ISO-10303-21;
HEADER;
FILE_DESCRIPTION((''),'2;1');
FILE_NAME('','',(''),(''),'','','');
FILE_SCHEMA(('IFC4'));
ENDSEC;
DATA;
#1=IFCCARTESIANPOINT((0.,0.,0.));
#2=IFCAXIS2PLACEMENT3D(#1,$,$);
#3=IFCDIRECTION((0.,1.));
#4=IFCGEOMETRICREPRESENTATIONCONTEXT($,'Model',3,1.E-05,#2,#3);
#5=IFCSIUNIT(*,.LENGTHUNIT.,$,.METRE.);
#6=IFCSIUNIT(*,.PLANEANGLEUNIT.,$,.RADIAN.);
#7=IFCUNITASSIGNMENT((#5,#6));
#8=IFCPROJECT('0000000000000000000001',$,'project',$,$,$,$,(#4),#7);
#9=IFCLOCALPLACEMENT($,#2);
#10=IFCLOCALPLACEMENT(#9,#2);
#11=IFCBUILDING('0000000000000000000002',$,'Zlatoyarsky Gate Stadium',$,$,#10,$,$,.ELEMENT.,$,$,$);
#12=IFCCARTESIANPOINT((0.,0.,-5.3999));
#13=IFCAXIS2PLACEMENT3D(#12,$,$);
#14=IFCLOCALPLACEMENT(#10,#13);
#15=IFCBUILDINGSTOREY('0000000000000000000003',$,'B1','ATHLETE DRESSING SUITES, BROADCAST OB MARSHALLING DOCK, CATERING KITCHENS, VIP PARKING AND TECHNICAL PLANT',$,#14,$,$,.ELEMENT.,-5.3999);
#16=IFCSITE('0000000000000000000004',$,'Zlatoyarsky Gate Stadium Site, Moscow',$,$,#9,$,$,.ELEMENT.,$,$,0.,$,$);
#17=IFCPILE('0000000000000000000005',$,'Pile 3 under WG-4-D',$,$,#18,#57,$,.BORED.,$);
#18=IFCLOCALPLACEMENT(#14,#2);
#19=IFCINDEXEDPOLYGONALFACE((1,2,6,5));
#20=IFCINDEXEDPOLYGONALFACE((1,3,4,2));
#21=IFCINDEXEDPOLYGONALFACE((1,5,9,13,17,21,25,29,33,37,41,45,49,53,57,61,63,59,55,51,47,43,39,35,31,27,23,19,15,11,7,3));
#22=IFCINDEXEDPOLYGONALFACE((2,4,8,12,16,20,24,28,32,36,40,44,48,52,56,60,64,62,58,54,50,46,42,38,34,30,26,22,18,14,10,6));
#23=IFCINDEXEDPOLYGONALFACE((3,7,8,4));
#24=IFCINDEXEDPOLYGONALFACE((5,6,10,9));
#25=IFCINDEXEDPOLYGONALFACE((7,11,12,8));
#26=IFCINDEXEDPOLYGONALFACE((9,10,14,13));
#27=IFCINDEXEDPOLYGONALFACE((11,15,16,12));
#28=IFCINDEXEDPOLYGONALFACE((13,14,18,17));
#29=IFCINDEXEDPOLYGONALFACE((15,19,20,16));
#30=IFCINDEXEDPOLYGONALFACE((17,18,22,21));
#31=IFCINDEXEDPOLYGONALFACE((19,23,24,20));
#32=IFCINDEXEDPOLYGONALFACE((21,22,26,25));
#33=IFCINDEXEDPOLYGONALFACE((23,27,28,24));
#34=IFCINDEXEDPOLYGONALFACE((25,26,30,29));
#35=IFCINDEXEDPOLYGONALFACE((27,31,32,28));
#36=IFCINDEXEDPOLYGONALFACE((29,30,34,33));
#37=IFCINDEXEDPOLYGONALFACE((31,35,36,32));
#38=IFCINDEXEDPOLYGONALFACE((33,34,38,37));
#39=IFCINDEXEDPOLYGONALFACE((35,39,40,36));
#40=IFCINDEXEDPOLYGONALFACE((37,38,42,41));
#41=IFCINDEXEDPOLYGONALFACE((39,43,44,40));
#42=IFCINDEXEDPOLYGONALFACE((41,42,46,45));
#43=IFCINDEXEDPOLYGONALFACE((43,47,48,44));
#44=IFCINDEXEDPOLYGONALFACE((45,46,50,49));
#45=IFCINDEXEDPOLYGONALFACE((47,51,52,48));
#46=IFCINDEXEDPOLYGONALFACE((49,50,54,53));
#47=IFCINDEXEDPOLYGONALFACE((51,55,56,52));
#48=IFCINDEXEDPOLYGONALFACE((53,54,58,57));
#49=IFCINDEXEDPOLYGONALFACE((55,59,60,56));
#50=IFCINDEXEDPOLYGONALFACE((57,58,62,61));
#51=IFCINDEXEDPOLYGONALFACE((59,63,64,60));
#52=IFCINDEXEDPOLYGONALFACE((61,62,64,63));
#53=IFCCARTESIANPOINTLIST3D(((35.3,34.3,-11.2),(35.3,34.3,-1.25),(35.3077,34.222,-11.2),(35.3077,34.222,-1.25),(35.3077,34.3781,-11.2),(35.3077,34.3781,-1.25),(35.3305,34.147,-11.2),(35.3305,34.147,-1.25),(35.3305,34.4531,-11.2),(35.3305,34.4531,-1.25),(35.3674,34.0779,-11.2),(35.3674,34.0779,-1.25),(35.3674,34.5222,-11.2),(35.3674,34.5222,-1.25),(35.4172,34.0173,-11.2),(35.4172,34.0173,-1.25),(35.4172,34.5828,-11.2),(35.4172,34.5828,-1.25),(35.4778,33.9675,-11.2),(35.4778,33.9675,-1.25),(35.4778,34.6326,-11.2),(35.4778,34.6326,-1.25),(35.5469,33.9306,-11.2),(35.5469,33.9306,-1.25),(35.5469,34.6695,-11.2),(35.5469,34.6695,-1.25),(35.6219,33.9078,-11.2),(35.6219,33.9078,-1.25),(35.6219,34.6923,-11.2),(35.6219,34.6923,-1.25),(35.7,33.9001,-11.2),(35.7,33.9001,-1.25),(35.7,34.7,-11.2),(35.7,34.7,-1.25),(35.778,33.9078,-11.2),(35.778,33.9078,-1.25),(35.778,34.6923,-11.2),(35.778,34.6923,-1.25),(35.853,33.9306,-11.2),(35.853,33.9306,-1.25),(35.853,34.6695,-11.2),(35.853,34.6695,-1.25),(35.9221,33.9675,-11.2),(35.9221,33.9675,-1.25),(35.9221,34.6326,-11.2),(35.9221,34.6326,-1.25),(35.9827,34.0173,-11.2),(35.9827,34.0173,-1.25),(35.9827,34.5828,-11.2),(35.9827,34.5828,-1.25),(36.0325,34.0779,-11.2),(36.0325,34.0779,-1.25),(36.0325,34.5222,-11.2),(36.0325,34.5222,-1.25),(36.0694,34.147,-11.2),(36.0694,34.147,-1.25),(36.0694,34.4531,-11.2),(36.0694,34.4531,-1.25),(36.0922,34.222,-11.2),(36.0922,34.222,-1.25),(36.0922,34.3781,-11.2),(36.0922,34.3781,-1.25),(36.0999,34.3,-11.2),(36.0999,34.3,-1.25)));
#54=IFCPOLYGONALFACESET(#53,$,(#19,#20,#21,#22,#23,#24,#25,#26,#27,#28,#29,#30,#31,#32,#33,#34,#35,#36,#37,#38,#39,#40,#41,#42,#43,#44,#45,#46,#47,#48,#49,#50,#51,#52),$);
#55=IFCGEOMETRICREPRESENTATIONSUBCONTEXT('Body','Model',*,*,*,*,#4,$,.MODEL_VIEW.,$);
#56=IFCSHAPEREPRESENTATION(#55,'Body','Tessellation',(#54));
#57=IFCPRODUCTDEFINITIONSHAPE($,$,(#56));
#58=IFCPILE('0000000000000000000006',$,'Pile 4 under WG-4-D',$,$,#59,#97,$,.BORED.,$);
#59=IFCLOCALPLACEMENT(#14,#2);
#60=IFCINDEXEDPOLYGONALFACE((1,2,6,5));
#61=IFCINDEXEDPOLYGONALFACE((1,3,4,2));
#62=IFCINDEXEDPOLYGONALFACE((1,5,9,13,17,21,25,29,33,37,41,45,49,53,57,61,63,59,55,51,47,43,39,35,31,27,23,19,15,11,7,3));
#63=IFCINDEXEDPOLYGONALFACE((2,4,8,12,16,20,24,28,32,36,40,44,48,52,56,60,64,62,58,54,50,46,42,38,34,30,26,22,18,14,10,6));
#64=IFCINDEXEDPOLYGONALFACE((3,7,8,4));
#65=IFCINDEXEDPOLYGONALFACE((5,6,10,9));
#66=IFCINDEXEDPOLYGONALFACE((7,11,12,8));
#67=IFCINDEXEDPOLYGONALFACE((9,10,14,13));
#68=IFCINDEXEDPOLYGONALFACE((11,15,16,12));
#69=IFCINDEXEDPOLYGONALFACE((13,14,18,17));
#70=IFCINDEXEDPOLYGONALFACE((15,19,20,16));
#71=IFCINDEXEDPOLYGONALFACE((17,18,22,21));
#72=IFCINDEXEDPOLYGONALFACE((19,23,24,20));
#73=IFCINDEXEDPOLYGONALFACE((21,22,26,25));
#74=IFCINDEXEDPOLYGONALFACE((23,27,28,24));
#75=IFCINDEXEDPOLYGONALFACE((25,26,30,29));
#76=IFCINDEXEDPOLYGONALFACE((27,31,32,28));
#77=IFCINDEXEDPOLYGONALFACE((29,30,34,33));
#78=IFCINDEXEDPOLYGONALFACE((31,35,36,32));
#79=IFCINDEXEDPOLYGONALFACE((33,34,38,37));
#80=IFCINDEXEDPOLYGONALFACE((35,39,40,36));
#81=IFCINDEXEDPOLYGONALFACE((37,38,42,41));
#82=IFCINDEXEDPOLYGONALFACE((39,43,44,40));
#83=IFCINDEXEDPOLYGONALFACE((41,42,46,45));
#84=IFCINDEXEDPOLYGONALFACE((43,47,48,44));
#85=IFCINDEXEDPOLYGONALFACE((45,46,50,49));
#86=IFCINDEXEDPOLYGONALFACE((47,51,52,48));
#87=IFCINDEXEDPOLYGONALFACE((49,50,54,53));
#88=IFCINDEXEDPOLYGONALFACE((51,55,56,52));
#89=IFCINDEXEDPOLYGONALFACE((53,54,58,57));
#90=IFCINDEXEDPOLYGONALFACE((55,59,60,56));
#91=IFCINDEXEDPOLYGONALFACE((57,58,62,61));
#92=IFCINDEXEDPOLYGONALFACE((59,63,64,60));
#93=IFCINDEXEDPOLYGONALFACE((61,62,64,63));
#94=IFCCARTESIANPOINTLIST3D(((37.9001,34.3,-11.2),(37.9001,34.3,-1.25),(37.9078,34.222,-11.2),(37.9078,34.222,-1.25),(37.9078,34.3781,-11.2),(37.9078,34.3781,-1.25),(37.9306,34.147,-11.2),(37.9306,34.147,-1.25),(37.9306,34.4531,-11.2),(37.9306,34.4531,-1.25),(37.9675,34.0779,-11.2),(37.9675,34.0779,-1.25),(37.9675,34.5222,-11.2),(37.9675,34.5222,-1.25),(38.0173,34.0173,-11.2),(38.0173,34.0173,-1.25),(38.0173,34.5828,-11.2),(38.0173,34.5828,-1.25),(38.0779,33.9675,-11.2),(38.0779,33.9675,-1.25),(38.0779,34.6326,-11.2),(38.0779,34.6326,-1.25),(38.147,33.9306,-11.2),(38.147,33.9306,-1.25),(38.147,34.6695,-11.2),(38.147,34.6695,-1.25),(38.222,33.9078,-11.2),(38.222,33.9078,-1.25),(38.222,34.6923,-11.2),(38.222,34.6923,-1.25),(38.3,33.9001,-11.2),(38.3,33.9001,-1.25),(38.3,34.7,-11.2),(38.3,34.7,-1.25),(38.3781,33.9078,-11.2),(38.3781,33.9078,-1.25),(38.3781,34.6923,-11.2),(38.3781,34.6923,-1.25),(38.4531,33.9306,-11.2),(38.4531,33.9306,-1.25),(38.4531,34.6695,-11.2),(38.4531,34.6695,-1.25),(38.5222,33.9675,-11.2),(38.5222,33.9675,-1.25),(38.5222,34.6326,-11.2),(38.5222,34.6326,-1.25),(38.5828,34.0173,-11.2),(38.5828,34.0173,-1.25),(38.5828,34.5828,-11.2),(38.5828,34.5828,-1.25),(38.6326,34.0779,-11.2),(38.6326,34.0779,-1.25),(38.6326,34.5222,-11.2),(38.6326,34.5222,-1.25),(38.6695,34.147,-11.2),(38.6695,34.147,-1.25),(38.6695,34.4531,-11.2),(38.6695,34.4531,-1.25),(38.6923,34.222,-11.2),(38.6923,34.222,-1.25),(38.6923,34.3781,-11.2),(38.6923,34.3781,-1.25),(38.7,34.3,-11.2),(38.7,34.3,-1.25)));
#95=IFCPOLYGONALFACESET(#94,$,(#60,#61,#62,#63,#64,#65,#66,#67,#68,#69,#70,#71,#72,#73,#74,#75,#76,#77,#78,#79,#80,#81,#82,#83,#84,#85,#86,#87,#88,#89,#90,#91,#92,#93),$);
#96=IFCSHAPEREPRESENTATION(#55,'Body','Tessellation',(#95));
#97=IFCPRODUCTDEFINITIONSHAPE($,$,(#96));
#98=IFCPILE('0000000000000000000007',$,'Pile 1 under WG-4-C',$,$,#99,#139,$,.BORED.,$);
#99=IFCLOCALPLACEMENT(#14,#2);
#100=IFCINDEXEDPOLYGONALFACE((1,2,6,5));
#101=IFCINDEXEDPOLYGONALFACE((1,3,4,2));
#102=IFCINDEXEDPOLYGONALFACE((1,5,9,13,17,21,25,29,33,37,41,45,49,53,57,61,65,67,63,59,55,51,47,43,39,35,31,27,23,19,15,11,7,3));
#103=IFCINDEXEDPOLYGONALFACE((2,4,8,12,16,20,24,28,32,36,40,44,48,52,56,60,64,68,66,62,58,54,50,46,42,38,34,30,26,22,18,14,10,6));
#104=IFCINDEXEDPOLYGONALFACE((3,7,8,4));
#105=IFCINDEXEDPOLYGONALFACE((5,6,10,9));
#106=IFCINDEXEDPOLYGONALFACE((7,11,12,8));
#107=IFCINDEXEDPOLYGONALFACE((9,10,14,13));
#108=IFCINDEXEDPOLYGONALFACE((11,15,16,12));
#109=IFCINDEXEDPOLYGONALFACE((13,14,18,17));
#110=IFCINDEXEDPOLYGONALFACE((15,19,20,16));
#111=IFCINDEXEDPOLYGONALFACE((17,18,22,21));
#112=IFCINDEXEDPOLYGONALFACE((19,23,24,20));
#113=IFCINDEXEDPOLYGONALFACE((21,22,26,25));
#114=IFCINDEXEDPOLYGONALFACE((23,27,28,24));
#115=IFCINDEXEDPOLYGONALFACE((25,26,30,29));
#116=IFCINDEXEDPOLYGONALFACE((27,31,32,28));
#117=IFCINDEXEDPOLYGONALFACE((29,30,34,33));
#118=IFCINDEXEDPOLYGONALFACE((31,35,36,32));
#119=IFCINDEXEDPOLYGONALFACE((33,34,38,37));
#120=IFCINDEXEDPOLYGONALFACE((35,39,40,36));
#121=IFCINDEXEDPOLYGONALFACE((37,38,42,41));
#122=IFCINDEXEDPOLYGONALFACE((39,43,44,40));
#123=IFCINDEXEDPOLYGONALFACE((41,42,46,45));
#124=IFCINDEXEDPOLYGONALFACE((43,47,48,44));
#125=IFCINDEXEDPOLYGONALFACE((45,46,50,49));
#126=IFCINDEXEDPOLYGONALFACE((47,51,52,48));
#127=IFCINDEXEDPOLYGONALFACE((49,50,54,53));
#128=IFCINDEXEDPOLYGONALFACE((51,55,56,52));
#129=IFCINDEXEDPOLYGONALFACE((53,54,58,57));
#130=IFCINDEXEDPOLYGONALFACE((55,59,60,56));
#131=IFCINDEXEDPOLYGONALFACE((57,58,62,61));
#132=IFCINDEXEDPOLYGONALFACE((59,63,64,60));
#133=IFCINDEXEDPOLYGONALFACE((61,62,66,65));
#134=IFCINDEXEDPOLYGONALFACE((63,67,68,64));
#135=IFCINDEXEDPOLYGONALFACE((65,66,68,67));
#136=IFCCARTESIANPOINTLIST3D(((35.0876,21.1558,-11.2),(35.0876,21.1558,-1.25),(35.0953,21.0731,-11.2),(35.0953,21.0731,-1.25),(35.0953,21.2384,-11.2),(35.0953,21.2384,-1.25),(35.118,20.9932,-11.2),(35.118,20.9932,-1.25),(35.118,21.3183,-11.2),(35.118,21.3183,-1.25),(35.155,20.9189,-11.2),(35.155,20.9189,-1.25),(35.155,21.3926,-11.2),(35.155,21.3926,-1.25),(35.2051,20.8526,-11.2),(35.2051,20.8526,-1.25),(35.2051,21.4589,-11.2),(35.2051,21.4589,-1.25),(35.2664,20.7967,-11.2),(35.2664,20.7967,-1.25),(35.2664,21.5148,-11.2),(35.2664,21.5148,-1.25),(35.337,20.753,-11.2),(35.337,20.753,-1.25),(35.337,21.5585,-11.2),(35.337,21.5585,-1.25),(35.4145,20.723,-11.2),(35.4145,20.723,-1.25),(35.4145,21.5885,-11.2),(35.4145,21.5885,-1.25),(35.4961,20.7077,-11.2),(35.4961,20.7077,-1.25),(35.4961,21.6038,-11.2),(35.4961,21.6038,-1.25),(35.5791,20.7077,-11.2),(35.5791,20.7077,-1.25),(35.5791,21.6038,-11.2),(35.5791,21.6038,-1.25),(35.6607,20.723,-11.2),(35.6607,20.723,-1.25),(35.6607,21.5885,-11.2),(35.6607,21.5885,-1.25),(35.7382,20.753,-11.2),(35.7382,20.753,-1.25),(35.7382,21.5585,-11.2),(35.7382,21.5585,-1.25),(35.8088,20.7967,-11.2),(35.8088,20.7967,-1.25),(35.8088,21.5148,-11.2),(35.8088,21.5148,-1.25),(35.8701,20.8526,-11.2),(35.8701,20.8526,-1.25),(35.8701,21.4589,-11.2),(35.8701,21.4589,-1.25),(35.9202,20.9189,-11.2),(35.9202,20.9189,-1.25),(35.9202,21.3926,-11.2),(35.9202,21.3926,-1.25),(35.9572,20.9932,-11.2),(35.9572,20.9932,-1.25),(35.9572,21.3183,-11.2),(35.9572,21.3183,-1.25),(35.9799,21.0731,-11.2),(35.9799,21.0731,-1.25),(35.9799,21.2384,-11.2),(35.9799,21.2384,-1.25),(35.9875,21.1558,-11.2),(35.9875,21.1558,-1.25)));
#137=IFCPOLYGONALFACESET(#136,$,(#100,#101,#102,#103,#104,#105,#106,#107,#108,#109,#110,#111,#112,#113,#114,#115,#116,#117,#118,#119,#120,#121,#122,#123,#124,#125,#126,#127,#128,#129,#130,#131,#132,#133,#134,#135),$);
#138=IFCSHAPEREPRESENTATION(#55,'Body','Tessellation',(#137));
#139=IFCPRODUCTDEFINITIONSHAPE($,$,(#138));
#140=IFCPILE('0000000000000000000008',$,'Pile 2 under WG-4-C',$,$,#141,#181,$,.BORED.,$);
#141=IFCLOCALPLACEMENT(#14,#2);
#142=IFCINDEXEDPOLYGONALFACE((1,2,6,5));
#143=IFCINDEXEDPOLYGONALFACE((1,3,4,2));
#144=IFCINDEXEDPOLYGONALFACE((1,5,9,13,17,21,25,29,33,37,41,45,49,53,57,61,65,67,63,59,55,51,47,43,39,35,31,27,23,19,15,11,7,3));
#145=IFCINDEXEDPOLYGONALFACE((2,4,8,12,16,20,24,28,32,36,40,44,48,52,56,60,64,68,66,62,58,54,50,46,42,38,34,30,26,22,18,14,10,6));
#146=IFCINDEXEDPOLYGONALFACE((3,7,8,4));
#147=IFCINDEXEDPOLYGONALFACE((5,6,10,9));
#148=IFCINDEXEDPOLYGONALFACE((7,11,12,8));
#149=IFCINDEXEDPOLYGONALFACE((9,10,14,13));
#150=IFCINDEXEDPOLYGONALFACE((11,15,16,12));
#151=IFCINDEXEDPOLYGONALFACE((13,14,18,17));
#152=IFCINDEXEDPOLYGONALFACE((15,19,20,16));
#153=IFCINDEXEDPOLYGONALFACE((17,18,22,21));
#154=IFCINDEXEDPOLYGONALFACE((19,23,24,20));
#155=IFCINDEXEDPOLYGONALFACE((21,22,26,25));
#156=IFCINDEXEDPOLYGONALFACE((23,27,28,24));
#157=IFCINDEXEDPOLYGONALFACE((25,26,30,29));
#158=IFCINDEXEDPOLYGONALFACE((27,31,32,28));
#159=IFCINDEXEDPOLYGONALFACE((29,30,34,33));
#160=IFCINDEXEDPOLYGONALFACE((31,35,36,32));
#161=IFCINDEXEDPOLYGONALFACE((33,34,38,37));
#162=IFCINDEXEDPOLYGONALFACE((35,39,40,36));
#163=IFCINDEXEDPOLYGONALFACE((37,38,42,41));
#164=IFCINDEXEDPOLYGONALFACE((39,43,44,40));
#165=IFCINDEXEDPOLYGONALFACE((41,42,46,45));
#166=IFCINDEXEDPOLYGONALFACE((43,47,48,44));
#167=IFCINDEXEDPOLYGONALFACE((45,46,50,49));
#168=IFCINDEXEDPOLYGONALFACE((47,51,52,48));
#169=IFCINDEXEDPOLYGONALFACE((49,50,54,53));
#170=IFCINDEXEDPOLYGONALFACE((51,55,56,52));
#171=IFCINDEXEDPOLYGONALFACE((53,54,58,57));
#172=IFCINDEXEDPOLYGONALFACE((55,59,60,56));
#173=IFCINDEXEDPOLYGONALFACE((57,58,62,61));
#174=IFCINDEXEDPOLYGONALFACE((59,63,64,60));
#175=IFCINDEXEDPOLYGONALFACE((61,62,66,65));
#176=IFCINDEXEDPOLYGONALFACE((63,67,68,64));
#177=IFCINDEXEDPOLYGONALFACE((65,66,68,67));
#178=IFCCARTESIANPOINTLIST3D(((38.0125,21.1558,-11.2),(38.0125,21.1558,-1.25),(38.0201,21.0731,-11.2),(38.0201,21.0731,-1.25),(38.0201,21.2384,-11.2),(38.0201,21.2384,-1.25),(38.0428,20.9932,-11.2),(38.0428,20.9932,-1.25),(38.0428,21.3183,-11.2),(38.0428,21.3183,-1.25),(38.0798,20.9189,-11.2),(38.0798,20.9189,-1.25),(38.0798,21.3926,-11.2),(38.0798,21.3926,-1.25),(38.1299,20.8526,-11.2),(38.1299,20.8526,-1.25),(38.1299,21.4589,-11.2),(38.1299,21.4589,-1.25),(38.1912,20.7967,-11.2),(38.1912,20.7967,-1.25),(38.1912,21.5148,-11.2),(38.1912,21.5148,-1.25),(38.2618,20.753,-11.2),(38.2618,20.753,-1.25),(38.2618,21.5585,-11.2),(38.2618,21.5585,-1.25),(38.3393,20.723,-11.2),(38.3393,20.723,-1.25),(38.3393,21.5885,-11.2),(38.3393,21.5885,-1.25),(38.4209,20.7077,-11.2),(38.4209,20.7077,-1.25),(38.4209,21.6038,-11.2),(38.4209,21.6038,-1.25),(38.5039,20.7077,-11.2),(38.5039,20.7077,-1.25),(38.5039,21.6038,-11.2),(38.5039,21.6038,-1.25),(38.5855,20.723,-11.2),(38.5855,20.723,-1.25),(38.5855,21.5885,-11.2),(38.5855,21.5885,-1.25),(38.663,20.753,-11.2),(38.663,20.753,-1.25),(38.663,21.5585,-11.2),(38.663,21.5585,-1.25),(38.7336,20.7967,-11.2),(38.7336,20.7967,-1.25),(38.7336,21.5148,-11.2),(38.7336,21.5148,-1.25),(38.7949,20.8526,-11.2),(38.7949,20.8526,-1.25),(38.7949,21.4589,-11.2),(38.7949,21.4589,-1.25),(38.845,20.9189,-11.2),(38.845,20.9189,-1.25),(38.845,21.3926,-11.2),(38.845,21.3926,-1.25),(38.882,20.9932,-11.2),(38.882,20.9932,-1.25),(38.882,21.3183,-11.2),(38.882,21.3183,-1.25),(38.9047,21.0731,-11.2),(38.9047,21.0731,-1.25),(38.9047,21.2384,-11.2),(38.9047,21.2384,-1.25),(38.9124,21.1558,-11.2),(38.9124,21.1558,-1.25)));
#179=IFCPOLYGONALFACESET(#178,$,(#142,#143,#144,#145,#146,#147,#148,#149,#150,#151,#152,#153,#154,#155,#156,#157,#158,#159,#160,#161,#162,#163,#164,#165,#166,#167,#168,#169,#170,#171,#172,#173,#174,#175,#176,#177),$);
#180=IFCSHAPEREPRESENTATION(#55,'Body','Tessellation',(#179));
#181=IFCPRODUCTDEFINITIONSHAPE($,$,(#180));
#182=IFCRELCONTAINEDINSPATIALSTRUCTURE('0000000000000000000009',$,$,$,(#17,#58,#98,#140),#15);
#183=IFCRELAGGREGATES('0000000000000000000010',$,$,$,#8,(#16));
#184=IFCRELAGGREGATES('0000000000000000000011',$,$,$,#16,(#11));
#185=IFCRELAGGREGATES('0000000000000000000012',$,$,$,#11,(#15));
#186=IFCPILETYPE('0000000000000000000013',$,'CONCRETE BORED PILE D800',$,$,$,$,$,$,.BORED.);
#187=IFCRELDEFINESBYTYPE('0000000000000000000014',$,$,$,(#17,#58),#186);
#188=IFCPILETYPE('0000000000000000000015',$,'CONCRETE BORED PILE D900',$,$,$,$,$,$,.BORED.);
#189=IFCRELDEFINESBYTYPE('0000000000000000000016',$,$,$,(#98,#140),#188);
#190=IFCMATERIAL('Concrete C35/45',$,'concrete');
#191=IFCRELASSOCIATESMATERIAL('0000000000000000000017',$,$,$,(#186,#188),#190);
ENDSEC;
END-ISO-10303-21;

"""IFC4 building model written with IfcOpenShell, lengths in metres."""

from ifc_helpers import new_model, si_unit, direction, frame, origin, origin_2d, place, context, subcontext, project, spatial, circle, extrude, material, material_profile, profile_set, type_object, element, save


model = new_model("IFC4")

# Units and contexts
model_context = context("Model", 3, precision=1e-05, world=origin(), true_north=direction((0.0, 1.0)))
body_context = subcontext(model_context, "Body", "Model", "MODEL_VIEW")
ifc_project = project(units=[si_unit("LENGTHUNIT", "METRE"), si_unit("PLANEANGLEUNIT", "RADIAN")], contexts=[model_context])

# Site, building, storey
site_placement = place(None, origin())
site = spatial("IfcSite", under=ifc_project, at=site_placement, Name="Zlatoyarsky Gate Stadium Site, Moscow", CompositionType="ELEMENT", RefElevation=0.0)
building_placement = place(site_placement, origin())
building = spatial("IfcBuilding", under=site, at=building_placement, Name="Zlatoyarsky Gate Stadium", CompositionType="ELEMENT")
storey_placement = place(building_placement, frame((0.0, 0.0, -5.3999)))
storey = spatial("IfcBuildingStorey", under=building, at=storey_placement, Name="B1", Description="ATHLETE DRESSING SUITES, BROADCAST OB MARSHALLING DOCK, CATERING KITCHENS, VIP PARKING AND TECHNICAL PLANT", CompositionType="ELEMENT", Elevation=-5.3999)

# Piles
ifc_material_1 = material(Name="Concrete C35/45", Category="concrete")
ifc_material_profile_1 = material_profile(ifc_material_1, circle(Radius=0.3999, at=origin_2d()), Name="BORED PILE D800")
ifc_profile_set_1 = profile_set([ifc_material_profile_1], Name="Concrete C35/45")
pile_type_1 = type_object("IfcPileType", Name="CONCRETE BORED PILE D800", PredefinedType="BORED", material=ifc_profile_set_1)
for number, where, z_axis, x_axis, name in (
    (1, (35.7, 34.3, -1.25), (0.0, 0.0, -1.0), (1.0, 0.0, 0.0), "Pile 3 under WG-4-D"),
    (2, (38.3, 34.3, -1.25), (0.0, 0.0, -1.0), (1.0, 0.0, 0.0), "Pile 4 under WG-4-D"),
):
    element("IfcPile", number, at=place(storey_placement, frame(where, z_axis=z_axis, x_axis=x_axis)), inside=storey, type_object=pile_type_1, Name=name, PredefinedType="BORED", context=body_context, shape_type="SweptSolid", body=[
        extrude(circle(Radius=0.3999, at=origin_2d()), origin(), (0.0, 0.0, 1.0), 9.95),
    ])
ifc_material_profile_2 = material_profile(ifc_material_1, circle(Radius=0.45, at=origin_2d()), Name="BORED PILE D900")
ifc_profile_set_2 = profile_set([ifc_material_profile_2], Name="Concrete C35/45")
pile_type_2 = type_object("IfcPileType", Name="CONCRETE BORED PILE D900", PredefinedType="BORED", material=ifc_profile_set_2)
for number, where, z_axis, x_axis, name in (
    (3, (35.5376, 21.1558, -1.25), (0.0, 0.0, -1.0), (1.0, 0.0, 0.0), "Pile 1 under WG-4-C"),
    (4, (38.4624, 21.1558, -1.25), (0.0, 0.0, -1.0), (1.0, 0.0, 0.0), "Pile 2 under WG-4-C"),
):
    element("IfcPile", number, at=place(storey_placement, frame(where, z_axis=z_axis, x_axis=x_axis)), inside=storey, type_object=pile_type_2, Name=name, PredefinedType="BORED", context=body_context, shape_type="SweptSolid", body=[
        extrude(circle(Radius=0.45, at=origin_2d()), origin(), (0.0, 0.0, 1.0), 9.95),
    ])

save(model, "model.ifc")
